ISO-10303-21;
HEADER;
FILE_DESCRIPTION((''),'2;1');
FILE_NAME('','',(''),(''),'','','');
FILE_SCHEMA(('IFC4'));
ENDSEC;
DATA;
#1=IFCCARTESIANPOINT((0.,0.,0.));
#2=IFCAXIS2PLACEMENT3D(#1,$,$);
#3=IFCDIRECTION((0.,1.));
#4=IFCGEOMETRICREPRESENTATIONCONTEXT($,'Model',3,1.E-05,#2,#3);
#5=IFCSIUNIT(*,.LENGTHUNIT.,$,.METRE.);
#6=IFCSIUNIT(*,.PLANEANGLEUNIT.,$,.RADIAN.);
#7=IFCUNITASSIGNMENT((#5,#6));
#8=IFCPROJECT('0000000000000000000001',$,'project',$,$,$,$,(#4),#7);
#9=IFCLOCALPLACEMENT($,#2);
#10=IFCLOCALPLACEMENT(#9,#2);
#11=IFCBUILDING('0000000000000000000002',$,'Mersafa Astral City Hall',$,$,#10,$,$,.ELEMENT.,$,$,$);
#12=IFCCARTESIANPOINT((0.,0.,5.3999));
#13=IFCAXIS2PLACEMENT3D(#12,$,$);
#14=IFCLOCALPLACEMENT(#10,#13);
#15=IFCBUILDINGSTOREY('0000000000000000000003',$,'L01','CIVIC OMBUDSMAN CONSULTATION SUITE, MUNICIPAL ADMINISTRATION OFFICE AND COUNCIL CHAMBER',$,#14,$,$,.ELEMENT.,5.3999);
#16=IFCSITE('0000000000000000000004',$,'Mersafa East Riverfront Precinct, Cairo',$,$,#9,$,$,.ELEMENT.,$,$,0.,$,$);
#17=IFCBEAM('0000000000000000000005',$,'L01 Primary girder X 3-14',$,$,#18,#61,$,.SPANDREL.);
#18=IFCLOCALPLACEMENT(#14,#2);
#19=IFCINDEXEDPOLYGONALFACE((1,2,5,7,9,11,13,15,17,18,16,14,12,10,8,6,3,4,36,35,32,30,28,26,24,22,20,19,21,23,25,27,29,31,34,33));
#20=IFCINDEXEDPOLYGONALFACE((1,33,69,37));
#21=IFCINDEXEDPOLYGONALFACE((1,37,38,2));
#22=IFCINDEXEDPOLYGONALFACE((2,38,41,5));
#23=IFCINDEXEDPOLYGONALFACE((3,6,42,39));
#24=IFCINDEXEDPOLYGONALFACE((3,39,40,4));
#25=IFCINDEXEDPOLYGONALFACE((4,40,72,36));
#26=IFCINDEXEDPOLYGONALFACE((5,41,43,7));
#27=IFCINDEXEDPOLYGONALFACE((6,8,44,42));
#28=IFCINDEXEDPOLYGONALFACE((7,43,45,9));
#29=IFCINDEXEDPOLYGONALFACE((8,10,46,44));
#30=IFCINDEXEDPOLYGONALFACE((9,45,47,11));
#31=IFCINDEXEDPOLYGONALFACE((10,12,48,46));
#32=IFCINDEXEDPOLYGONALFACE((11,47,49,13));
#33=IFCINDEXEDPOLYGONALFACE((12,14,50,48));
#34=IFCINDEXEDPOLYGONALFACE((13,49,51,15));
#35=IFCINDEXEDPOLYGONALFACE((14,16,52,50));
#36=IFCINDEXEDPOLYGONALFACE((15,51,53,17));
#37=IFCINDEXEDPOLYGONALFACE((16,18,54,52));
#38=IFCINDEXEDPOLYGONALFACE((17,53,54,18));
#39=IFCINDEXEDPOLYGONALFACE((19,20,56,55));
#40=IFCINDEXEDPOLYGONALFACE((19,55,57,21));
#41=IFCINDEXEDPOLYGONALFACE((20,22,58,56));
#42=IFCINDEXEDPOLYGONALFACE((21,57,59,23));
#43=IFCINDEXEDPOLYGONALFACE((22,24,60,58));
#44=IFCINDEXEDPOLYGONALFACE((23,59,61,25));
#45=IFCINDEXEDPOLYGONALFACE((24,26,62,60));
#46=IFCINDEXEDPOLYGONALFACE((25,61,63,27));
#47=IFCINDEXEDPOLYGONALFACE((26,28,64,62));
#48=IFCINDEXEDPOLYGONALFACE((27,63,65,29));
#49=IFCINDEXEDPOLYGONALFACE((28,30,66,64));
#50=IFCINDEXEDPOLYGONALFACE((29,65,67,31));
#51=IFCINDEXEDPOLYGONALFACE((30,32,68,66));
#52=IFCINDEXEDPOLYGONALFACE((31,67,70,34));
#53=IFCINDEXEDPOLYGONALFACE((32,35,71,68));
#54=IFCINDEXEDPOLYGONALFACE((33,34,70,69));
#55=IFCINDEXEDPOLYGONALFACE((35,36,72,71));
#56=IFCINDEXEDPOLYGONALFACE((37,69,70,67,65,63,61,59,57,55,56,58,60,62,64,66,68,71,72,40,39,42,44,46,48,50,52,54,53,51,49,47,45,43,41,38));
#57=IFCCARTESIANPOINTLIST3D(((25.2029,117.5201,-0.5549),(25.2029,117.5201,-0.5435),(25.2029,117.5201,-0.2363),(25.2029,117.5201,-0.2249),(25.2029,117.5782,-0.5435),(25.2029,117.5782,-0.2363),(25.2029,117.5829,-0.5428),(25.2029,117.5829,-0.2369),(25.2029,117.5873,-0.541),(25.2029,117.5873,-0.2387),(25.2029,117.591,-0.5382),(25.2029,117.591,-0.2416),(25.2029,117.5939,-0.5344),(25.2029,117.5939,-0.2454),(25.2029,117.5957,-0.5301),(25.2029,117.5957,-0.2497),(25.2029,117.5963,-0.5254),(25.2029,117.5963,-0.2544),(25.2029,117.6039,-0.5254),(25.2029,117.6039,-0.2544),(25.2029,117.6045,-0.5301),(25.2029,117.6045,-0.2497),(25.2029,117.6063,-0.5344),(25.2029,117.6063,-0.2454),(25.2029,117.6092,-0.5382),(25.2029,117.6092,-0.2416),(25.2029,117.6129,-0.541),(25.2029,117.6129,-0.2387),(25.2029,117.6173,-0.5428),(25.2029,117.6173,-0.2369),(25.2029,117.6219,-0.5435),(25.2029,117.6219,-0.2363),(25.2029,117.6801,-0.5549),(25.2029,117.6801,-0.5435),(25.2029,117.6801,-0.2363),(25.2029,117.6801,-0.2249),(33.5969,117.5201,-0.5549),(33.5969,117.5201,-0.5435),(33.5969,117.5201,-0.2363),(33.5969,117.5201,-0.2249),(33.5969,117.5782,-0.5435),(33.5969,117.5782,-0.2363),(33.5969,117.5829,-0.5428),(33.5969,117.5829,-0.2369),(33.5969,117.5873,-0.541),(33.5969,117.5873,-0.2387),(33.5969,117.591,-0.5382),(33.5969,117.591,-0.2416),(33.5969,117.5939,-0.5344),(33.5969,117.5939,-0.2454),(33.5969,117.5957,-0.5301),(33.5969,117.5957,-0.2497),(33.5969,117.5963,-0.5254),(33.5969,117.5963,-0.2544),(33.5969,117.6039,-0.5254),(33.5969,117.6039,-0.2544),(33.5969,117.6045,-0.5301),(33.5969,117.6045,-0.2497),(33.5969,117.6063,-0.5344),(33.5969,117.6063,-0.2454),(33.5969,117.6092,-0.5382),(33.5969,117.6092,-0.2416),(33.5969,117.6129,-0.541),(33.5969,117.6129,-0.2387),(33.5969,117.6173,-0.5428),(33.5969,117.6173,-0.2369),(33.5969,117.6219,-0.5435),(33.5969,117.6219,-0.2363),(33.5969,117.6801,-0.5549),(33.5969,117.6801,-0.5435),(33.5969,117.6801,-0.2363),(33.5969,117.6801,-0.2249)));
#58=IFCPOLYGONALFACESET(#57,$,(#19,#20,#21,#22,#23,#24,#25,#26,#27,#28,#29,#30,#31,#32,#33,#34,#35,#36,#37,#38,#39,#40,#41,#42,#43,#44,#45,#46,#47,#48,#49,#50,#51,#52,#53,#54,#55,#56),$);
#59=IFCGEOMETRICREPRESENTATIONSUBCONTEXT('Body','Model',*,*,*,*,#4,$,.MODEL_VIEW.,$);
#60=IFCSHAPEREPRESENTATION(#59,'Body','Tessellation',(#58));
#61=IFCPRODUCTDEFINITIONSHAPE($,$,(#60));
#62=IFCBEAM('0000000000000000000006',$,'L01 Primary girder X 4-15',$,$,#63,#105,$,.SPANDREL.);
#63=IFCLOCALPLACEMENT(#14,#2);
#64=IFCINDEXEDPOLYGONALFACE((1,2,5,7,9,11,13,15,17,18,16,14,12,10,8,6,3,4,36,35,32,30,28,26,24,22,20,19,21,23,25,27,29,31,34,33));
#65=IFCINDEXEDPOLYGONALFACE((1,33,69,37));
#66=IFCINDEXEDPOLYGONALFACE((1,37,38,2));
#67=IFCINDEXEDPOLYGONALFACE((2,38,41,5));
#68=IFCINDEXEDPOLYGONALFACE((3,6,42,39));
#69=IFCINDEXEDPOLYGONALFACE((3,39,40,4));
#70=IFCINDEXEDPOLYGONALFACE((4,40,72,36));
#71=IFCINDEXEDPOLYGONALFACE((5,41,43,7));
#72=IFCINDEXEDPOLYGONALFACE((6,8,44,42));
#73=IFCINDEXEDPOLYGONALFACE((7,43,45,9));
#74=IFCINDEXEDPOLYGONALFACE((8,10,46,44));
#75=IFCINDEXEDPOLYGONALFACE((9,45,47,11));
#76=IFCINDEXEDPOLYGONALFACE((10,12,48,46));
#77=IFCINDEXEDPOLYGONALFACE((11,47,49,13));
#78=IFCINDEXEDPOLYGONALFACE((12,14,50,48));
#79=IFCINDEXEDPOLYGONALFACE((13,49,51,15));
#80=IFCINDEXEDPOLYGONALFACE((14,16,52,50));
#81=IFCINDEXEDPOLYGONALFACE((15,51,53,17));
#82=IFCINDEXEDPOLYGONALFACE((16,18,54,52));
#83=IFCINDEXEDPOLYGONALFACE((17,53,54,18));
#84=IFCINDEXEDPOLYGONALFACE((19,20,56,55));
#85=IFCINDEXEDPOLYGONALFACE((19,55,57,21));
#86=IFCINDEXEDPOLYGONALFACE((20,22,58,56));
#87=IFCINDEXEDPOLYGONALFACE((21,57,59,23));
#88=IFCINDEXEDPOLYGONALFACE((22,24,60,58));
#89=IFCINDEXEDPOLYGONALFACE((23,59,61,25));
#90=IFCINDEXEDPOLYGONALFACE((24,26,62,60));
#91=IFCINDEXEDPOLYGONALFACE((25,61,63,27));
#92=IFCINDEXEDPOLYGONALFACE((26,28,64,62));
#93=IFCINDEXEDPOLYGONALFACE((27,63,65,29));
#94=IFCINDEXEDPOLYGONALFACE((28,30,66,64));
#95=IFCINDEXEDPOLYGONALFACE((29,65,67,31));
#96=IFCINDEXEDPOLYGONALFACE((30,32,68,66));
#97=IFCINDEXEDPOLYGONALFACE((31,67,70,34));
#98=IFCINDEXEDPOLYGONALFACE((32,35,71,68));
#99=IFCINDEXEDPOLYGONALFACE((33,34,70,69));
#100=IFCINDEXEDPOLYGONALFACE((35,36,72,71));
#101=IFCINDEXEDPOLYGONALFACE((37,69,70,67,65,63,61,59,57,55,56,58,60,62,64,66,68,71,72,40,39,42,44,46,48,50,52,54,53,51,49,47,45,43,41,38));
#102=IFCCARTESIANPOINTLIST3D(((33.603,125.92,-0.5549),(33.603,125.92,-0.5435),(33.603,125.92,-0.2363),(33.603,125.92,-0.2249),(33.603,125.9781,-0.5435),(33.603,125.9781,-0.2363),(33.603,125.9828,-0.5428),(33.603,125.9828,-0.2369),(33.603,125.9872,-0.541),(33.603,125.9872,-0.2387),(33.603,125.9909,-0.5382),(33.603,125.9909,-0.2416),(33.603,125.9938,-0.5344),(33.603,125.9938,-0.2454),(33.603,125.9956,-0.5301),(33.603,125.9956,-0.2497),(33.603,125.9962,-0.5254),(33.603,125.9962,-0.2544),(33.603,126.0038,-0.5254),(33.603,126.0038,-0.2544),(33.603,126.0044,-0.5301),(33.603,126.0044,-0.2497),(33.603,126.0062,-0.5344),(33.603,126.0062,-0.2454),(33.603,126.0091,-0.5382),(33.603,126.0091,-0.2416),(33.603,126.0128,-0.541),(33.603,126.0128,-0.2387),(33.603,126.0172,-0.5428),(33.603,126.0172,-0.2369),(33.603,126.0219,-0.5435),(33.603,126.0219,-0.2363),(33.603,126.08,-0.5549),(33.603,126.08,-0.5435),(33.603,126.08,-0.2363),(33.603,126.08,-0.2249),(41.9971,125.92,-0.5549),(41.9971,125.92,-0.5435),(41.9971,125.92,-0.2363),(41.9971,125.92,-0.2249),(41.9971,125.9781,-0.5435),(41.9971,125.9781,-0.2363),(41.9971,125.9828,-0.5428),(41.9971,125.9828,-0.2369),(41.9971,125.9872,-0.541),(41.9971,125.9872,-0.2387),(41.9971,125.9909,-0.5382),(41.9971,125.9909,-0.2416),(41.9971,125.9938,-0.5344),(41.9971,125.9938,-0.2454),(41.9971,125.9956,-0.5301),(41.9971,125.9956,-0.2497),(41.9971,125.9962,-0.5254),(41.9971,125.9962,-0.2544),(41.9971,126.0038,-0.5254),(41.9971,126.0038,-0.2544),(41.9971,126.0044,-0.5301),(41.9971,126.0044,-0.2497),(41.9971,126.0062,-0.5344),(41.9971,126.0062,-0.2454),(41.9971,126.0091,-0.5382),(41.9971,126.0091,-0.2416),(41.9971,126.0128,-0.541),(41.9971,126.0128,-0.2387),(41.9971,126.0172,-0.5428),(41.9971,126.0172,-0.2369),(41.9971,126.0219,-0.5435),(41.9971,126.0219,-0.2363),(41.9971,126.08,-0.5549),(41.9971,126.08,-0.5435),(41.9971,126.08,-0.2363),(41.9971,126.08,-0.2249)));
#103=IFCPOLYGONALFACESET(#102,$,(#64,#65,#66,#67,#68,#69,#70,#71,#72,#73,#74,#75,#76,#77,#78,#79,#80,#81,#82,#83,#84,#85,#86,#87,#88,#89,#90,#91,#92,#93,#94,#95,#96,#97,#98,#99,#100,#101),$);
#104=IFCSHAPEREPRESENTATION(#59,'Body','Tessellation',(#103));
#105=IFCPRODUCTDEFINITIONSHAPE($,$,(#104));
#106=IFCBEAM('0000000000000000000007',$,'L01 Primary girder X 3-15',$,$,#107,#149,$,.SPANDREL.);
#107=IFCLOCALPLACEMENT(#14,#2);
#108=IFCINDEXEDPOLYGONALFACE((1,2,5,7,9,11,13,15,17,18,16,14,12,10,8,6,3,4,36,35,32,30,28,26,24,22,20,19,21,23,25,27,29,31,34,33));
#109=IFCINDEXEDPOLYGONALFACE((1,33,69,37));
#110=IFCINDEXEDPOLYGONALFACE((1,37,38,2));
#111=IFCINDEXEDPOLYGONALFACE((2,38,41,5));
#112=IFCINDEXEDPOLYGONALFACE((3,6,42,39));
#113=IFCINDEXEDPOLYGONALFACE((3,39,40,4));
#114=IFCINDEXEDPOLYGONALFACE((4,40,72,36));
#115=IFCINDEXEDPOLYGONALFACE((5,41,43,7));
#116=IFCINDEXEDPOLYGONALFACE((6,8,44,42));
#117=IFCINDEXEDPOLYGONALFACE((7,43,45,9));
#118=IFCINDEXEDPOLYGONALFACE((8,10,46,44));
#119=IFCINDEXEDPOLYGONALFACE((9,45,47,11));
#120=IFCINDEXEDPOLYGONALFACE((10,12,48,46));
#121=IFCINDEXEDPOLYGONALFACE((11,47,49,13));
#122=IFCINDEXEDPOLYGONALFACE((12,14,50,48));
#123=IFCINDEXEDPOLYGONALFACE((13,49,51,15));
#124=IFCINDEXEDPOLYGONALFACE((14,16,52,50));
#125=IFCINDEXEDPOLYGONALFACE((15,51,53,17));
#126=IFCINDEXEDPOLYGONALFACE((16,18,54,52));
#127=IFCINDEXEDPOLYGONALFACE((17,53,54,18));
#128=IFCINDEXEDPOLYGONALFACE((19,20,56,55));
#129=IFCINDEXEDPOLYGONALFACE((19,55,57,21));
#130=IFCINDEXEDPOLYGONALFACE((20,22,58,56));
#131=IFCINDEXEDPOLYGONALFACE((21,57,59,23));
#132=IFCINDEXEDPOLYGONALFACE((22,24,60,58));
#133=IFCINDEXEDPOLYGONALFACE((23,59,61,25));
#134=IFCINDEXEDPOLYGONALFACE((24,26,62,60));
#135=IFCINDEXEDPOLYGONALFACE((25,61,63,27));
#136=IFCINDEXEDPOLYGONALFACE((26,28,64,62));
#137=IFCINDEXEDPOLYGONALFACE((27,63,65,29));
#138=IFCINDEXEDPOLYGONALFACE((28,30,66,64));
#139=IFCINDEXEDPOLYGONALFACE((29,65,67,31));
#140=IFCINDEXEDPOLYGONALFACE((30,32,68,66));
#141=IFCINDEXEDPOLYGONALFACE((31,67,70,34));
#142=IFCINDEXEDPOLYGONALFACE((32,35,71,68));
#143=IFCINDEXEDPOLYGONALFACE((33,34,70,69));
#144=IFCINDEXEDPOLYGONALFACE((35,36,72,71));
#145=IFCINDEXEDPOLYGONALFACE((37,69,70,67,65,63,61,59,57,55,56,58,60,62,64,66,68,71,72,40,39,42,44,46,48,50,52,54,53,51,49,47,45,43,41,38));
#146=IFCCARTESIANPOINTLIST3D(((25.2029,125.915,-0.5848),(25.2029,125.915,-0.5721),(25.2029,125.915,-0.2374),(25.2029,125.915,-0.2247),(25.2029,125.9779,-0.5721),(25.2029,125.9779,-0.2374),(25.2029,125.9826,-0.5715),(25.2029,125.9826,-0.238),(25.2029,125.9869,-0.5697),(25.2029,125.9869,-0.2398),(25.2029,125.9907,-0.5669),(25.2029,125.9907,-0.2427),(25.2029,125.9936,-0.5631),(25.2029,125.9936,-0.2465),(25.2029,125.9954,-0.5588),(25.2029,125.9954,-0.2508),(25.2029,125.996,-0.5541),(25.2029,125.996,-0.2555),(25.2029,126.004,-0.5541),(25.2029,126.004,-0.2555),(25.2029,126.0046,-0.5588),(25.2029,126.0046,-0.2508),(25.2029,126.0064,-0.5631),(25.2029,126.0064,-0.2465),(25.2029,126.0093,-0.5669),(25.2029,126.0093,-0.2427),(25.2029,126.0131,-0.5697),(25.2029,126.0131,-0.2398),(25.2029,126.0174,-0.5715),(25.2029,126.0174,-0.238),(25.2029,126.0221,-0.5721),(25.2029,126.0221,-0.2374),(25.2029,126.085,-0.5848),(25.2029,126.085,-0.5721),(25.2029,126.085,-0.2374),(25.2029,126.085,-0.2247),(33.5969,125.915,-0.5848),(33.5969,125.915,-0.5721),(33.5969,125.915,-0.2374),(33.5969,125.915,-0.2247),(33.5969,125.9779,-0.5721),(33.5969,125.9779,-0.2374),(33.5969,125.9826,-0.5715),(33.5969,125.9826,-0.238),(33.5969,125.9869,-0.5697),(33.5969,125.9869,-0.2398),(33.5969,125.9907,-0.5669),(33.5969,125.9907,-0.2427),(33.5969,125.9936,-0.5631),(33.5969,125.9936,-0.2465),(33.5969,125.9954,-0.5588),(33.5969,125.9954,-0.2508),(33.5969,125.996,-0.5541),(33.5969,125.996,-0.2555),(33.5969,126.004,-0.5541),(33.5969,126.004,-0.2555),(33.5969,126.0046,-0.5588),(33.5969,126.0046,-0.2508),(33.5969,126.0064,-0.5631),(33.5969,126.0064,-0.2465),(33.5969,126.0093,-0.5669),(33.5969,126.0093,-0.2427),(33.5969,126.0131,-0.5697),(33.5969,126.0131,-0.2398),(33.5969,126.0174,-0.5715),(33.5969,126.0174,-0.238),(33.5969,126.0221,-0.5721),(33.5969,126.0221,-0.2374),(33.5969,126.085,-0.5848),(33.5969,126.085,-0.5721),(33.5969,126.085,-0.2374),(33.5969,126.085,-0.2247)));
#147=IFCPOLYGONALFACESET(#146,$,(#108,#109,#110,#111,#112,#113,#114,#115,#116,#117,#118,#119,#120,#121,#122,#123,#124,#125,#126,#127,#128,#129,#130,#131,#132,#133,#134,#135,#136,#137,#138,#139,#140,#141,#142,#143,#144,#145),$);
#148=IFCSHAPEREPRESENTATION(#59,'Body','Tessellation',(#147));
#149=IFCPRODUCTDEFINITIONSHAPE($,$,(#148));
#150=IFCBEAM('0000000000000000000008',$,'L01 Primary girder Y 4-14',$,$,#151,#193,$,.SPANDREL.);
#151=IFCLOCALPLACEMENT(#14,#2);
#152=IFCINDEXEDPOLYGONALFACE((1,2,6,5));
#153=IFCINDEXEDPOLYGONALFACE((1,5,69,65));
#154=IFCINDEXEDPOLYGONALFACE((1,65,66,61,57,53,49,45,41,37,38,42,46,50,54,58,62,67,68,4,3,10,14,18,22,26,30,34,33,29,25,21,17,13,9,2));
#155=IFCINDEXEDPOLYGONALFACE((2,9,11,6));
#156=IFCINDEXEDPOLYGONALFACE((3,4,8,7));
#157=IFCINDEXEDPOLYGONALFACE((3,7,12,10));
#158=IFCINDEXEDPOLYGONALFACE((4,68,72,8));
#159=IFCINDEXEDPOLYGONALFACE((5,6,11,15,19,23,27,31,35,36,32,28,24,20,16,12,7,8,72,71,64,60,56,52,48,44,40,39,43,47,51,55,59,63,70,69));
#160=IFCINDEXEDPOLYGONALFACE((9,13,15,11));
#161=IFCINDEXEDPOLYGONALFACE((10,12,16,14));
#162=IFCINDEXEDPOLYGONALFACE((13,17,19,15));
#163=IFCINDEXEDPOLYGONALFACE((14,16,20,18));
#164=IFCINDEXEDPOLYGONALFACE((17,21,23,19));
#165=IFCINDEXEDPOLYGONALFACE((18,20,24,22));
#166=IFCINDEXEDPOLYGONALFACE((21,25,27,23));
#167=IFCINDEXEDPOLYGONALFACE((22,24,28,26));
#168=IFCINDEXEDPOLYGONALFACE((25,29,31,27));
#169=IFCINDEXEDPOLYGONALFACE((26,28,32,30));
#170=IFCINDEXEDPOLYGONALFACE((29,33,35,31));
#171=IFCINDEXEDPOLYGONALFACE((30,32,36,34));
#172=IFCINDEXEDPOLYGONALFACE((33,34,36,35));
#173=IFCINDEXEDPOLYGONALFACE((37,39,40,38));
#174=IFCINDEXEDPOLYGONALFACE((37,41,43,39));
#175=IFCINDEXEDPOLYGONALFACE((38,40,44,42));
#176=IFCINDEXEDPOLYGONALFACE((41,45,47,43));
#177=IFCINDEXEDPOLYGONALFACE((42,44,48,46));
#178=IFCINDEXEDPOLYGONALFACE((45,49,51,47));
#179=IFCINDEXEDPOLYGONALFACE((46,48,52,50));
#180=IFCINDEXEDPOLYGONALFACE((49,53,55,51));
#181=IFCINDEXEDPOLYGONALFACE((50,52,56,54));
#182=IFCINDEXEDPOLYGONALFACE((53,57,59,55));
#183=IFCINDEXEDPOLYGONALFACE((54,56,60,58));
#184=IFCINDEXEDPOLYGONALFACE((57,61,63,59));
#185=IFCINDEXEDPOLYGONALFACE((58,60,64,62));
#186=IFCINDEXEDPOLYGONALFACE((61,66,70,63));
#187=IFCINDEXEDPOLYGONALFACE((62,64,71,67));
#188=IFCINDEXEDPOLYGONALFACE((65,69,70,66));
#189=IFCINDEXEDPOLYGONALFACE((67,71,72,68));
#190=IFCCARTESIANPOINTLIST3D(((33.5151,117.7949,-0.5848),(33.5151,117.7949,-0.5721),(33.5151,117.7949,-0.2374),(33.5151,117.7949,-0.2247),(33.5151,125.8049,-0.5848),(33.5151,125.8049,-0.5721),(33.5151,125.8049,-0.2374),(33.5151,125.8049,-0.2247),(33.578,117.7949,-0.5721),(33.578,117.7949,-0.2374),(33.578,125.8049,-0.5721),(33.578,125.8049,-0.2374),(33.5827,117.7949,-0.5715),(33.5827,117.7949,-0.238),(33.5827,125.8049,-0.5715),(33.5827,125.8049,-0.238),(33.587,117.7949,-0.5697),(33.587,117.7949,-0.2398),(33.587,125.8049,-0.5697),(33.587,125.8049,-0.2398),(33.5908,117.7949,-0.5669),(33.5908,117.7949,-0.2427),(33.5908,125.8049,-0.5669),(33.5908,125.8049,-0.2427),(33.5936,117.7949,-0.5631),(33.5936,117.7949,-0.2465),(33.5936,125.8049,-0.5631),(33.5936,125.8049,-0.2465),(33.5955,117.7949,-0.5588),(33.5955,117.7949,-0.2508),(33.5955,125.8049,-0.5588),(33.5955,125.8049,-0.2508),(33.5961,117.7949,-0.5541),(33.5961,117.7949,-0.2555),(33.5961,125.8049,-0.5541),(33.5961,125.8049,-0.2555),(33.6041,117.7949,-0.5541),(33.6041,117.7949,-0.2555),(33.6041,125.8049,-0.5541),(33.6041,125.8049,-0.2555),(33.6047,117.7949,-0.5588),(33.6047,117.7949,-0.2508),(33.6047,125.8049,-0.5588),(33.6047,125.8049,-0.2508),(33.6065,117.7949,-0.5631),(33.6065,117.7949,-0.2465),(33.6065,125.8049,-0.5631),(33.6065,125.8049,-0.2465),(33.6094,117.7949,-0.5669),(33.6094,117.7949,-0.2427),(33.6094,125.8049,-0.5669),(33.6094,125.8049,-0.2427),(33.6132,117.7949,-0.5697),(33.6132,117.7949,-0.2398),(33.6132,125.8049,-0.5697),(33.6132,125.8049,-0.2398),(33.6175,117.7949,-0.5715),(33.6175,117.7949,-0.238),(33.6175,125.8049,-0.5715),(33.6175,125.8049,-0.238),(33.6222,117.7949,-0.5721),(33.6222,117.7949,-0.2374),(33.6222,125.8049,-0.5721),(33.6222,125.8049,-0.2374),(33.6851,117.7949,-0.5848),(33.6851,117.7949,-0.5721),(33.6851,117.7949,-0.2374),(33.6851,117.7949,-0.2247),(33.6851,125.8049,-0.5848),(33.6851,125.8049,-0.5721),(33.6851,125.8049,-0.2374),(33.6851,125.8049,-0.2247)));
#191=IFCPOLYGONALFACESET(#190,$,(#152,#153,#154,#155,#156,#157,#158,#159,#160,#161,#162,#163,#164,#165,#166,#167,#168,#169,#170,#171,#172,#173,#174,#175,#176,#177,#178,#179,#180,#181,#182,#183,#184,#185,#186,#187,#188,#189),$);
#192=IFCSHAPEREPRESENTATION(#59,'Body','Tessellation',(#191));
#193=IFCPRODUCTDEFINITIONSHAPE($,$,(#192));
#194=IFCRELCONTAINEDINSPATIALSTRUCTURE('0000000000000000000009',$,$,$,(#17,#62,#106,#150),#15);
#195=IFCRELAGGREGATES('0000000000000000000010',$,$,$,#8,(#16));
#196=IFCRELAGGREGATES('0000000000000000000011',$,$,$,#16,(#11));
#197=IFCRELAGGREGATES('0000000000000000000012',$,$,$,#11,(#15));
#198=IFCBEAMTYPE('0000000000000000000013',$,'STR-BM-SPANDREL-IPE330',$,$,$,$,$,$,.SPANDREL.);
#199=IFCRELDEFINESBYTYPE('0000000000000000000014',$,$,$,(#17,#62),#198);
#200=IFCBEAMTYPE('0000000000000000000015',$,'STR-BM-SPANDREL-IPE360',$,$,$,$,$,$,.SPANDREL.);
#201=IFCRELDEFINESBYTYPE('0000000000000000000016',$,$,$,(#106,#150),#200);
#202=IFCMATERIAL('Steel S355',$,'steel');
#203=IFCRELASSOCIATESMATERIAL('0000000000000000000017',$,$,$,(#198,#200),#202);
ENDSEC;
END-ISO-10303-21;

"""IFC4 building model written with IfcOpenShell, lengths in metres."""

from ifc_helpers import new_model, si_unit, direction, frame, origin, origin_2d, place, context, subcontext, project, spatial, i_section, extrude, material, material_profile, profile_set, type_object, element, save


model = new_model("IFC4")

# Units and contexts
model_context = context("Model", 3, precision=1e-05, world=origin(), true_north=direction((0.0, 1.0)))
body_context = subcontext(model_context, "Body", "Model", "MODEL_VIEW")
ifc_project = project(units=[si_unit("LENGTHUNIT", "METRE"), si_unit("PLANEANGLEUNIT", "RADIAN")], contexts=[model_context])

# Site, building, storey
site_placement = place(None, origin())
site = spatial("IfcSite", under=ifc_project, at=site_placement, Name="Mersafa East Riverfront Precinct, Cairo", CompositionType="ELEMENT", RefElevation=0.0)
building_placement = place(site_placement, origin())
building = spatial("IfcBuilding", under=site, at=building_placement, Name="Mersafa Astral City Hall", CompositionType="ELEMENT")
storey_placement = place(building_placement, frame((0.0, 0.0, 5.3999)))
storey = spatial("IfcBuildingStorey", under=building, at=storey_placement, Name="L01", Description="CIVIC OMBUDSMAN CONSULTATION SUITE, MUNICIPAL ADMINISTRATION OFFICE AND COUNCIL CHAMBER", CompositionType="ELEMENT", Elevation=5.3999)

# Shared definitions
ifc_material_1 = material(Name="Steel S355", Category="steel")

# Beams
ifc_material_profile_1 = material_profile(ifc_material_1, i_section(OverallWidth=0.1599, OverallDepth=0.3301, WebThickness=0.0076, FlangeThickness=0.0115, FilletRadius=0.0181, at=origin_2d()), Name="IPE 330")
ifc_profile_set_1 = profile_set([ifc_material_profile_1], Name="Steel S355")
beam_type_1 = type_object("IfcBeamType", Name="STR-BM-SPANDREL-IPE330", PredefinedType="SPANDREL", material=ifc_profile_set_1)
for number, where, z_axis, x_axis, name in (
    (1, (25.2029, 117.6001, -0.3899), (1.0, 0.0, 0.0), (0.0, 1.0, 0.0), "L01 Primary girder X 3-14"),
    (2, (33.603, 126.0, -0.3899), (1.0, 0.0, 0.0), (0.0, 1.0, 0.0), "L01 Primary girder X 4-15"),
):
    element("IfcBeam", number, at=place(storey_placement, frame(where, z_axis=z_axis, x_axis=x_axis)), inside=storey, type_object=beam_type_1, Name=name, PredefinedType="SPANDREL", context=body_context, shape_type="SweptSolid", body=[
        extrude(i_section(OverallWidth=0.1599, OverallDepth=0.3301, WebThickness=0.0076, FlangeThickness=0.0115, FilletRadius=0.0181, at=origin_2d()), origin(), (0.0, 0.0, 1.0), 8.394),
    ])
ifc_material_profile_2 = material_profile(ifc_material_1, i_section(OverallWidth=0.1699, OverallDepth=0.3601, WebThickness=0.0081, FlangeThickness=0.0127, FilletRadius=0.0181, at=origin_2d()), Name="IPE 360")
ifc_profile_set_2 = profile_set([ifc_material_profile_2], Name="Steel S355")
beam_type_2 = type_object("IfcBeamType", Name="STR-BM-SPANDREL-IPE360", PredefinedType="SPANDREL", material=ifc_profile_set_2)
beam_1_placement = place(storey_placement, frame((25.2029, 126.0, -0.4048), z_axis=(1.0, 0.0, 0.0), x_axis=(0.0, 1.0, 0.0)))
element("IfcBeam", 3, at=beam_1_placement, inside=storey, type_object=beam_type_2, Name="L01 Primary girder X 3-15", PredefinedType="SPANDREL", context=body_context, shape_type="SweptSolid", body=[
    extrude(i_section(OverallWidth=0.1699, OverallDepth=0.3601, WebThickness=0.0081, FlangeThickness=0.0127, FilletRadius=0.0181, at=origin_2d()), origin(), (0.0, 0.0, 1.0), 8.394),
])
beam_2_placement = place(storey_placement, frame((33.6001, 117.7949, -0.4048), z_axis=(0.0, 1.0, 0.0), x_axis=(-1.0, 0.0, 0.0)))
element("IfcBeam", 4, at=beam_2_placement, inside=storey, type_object=beam_type_2, Name="L01 Primary girder Y 4-14", PredefinedType="SPANDREL", context=body_context, shape_type="SweptSolid", body=[
    extrude(i_section(OverallWidth=0.1699, OverallDepth=0.3601, WebThickness=0.0081, FlangeThickness=0.0127, FilletRadius=0.0181, at=origin_2d()), origin(), (0.0, 0.0, 1.0), 8.01),
])

save(model, "model.ifc")
